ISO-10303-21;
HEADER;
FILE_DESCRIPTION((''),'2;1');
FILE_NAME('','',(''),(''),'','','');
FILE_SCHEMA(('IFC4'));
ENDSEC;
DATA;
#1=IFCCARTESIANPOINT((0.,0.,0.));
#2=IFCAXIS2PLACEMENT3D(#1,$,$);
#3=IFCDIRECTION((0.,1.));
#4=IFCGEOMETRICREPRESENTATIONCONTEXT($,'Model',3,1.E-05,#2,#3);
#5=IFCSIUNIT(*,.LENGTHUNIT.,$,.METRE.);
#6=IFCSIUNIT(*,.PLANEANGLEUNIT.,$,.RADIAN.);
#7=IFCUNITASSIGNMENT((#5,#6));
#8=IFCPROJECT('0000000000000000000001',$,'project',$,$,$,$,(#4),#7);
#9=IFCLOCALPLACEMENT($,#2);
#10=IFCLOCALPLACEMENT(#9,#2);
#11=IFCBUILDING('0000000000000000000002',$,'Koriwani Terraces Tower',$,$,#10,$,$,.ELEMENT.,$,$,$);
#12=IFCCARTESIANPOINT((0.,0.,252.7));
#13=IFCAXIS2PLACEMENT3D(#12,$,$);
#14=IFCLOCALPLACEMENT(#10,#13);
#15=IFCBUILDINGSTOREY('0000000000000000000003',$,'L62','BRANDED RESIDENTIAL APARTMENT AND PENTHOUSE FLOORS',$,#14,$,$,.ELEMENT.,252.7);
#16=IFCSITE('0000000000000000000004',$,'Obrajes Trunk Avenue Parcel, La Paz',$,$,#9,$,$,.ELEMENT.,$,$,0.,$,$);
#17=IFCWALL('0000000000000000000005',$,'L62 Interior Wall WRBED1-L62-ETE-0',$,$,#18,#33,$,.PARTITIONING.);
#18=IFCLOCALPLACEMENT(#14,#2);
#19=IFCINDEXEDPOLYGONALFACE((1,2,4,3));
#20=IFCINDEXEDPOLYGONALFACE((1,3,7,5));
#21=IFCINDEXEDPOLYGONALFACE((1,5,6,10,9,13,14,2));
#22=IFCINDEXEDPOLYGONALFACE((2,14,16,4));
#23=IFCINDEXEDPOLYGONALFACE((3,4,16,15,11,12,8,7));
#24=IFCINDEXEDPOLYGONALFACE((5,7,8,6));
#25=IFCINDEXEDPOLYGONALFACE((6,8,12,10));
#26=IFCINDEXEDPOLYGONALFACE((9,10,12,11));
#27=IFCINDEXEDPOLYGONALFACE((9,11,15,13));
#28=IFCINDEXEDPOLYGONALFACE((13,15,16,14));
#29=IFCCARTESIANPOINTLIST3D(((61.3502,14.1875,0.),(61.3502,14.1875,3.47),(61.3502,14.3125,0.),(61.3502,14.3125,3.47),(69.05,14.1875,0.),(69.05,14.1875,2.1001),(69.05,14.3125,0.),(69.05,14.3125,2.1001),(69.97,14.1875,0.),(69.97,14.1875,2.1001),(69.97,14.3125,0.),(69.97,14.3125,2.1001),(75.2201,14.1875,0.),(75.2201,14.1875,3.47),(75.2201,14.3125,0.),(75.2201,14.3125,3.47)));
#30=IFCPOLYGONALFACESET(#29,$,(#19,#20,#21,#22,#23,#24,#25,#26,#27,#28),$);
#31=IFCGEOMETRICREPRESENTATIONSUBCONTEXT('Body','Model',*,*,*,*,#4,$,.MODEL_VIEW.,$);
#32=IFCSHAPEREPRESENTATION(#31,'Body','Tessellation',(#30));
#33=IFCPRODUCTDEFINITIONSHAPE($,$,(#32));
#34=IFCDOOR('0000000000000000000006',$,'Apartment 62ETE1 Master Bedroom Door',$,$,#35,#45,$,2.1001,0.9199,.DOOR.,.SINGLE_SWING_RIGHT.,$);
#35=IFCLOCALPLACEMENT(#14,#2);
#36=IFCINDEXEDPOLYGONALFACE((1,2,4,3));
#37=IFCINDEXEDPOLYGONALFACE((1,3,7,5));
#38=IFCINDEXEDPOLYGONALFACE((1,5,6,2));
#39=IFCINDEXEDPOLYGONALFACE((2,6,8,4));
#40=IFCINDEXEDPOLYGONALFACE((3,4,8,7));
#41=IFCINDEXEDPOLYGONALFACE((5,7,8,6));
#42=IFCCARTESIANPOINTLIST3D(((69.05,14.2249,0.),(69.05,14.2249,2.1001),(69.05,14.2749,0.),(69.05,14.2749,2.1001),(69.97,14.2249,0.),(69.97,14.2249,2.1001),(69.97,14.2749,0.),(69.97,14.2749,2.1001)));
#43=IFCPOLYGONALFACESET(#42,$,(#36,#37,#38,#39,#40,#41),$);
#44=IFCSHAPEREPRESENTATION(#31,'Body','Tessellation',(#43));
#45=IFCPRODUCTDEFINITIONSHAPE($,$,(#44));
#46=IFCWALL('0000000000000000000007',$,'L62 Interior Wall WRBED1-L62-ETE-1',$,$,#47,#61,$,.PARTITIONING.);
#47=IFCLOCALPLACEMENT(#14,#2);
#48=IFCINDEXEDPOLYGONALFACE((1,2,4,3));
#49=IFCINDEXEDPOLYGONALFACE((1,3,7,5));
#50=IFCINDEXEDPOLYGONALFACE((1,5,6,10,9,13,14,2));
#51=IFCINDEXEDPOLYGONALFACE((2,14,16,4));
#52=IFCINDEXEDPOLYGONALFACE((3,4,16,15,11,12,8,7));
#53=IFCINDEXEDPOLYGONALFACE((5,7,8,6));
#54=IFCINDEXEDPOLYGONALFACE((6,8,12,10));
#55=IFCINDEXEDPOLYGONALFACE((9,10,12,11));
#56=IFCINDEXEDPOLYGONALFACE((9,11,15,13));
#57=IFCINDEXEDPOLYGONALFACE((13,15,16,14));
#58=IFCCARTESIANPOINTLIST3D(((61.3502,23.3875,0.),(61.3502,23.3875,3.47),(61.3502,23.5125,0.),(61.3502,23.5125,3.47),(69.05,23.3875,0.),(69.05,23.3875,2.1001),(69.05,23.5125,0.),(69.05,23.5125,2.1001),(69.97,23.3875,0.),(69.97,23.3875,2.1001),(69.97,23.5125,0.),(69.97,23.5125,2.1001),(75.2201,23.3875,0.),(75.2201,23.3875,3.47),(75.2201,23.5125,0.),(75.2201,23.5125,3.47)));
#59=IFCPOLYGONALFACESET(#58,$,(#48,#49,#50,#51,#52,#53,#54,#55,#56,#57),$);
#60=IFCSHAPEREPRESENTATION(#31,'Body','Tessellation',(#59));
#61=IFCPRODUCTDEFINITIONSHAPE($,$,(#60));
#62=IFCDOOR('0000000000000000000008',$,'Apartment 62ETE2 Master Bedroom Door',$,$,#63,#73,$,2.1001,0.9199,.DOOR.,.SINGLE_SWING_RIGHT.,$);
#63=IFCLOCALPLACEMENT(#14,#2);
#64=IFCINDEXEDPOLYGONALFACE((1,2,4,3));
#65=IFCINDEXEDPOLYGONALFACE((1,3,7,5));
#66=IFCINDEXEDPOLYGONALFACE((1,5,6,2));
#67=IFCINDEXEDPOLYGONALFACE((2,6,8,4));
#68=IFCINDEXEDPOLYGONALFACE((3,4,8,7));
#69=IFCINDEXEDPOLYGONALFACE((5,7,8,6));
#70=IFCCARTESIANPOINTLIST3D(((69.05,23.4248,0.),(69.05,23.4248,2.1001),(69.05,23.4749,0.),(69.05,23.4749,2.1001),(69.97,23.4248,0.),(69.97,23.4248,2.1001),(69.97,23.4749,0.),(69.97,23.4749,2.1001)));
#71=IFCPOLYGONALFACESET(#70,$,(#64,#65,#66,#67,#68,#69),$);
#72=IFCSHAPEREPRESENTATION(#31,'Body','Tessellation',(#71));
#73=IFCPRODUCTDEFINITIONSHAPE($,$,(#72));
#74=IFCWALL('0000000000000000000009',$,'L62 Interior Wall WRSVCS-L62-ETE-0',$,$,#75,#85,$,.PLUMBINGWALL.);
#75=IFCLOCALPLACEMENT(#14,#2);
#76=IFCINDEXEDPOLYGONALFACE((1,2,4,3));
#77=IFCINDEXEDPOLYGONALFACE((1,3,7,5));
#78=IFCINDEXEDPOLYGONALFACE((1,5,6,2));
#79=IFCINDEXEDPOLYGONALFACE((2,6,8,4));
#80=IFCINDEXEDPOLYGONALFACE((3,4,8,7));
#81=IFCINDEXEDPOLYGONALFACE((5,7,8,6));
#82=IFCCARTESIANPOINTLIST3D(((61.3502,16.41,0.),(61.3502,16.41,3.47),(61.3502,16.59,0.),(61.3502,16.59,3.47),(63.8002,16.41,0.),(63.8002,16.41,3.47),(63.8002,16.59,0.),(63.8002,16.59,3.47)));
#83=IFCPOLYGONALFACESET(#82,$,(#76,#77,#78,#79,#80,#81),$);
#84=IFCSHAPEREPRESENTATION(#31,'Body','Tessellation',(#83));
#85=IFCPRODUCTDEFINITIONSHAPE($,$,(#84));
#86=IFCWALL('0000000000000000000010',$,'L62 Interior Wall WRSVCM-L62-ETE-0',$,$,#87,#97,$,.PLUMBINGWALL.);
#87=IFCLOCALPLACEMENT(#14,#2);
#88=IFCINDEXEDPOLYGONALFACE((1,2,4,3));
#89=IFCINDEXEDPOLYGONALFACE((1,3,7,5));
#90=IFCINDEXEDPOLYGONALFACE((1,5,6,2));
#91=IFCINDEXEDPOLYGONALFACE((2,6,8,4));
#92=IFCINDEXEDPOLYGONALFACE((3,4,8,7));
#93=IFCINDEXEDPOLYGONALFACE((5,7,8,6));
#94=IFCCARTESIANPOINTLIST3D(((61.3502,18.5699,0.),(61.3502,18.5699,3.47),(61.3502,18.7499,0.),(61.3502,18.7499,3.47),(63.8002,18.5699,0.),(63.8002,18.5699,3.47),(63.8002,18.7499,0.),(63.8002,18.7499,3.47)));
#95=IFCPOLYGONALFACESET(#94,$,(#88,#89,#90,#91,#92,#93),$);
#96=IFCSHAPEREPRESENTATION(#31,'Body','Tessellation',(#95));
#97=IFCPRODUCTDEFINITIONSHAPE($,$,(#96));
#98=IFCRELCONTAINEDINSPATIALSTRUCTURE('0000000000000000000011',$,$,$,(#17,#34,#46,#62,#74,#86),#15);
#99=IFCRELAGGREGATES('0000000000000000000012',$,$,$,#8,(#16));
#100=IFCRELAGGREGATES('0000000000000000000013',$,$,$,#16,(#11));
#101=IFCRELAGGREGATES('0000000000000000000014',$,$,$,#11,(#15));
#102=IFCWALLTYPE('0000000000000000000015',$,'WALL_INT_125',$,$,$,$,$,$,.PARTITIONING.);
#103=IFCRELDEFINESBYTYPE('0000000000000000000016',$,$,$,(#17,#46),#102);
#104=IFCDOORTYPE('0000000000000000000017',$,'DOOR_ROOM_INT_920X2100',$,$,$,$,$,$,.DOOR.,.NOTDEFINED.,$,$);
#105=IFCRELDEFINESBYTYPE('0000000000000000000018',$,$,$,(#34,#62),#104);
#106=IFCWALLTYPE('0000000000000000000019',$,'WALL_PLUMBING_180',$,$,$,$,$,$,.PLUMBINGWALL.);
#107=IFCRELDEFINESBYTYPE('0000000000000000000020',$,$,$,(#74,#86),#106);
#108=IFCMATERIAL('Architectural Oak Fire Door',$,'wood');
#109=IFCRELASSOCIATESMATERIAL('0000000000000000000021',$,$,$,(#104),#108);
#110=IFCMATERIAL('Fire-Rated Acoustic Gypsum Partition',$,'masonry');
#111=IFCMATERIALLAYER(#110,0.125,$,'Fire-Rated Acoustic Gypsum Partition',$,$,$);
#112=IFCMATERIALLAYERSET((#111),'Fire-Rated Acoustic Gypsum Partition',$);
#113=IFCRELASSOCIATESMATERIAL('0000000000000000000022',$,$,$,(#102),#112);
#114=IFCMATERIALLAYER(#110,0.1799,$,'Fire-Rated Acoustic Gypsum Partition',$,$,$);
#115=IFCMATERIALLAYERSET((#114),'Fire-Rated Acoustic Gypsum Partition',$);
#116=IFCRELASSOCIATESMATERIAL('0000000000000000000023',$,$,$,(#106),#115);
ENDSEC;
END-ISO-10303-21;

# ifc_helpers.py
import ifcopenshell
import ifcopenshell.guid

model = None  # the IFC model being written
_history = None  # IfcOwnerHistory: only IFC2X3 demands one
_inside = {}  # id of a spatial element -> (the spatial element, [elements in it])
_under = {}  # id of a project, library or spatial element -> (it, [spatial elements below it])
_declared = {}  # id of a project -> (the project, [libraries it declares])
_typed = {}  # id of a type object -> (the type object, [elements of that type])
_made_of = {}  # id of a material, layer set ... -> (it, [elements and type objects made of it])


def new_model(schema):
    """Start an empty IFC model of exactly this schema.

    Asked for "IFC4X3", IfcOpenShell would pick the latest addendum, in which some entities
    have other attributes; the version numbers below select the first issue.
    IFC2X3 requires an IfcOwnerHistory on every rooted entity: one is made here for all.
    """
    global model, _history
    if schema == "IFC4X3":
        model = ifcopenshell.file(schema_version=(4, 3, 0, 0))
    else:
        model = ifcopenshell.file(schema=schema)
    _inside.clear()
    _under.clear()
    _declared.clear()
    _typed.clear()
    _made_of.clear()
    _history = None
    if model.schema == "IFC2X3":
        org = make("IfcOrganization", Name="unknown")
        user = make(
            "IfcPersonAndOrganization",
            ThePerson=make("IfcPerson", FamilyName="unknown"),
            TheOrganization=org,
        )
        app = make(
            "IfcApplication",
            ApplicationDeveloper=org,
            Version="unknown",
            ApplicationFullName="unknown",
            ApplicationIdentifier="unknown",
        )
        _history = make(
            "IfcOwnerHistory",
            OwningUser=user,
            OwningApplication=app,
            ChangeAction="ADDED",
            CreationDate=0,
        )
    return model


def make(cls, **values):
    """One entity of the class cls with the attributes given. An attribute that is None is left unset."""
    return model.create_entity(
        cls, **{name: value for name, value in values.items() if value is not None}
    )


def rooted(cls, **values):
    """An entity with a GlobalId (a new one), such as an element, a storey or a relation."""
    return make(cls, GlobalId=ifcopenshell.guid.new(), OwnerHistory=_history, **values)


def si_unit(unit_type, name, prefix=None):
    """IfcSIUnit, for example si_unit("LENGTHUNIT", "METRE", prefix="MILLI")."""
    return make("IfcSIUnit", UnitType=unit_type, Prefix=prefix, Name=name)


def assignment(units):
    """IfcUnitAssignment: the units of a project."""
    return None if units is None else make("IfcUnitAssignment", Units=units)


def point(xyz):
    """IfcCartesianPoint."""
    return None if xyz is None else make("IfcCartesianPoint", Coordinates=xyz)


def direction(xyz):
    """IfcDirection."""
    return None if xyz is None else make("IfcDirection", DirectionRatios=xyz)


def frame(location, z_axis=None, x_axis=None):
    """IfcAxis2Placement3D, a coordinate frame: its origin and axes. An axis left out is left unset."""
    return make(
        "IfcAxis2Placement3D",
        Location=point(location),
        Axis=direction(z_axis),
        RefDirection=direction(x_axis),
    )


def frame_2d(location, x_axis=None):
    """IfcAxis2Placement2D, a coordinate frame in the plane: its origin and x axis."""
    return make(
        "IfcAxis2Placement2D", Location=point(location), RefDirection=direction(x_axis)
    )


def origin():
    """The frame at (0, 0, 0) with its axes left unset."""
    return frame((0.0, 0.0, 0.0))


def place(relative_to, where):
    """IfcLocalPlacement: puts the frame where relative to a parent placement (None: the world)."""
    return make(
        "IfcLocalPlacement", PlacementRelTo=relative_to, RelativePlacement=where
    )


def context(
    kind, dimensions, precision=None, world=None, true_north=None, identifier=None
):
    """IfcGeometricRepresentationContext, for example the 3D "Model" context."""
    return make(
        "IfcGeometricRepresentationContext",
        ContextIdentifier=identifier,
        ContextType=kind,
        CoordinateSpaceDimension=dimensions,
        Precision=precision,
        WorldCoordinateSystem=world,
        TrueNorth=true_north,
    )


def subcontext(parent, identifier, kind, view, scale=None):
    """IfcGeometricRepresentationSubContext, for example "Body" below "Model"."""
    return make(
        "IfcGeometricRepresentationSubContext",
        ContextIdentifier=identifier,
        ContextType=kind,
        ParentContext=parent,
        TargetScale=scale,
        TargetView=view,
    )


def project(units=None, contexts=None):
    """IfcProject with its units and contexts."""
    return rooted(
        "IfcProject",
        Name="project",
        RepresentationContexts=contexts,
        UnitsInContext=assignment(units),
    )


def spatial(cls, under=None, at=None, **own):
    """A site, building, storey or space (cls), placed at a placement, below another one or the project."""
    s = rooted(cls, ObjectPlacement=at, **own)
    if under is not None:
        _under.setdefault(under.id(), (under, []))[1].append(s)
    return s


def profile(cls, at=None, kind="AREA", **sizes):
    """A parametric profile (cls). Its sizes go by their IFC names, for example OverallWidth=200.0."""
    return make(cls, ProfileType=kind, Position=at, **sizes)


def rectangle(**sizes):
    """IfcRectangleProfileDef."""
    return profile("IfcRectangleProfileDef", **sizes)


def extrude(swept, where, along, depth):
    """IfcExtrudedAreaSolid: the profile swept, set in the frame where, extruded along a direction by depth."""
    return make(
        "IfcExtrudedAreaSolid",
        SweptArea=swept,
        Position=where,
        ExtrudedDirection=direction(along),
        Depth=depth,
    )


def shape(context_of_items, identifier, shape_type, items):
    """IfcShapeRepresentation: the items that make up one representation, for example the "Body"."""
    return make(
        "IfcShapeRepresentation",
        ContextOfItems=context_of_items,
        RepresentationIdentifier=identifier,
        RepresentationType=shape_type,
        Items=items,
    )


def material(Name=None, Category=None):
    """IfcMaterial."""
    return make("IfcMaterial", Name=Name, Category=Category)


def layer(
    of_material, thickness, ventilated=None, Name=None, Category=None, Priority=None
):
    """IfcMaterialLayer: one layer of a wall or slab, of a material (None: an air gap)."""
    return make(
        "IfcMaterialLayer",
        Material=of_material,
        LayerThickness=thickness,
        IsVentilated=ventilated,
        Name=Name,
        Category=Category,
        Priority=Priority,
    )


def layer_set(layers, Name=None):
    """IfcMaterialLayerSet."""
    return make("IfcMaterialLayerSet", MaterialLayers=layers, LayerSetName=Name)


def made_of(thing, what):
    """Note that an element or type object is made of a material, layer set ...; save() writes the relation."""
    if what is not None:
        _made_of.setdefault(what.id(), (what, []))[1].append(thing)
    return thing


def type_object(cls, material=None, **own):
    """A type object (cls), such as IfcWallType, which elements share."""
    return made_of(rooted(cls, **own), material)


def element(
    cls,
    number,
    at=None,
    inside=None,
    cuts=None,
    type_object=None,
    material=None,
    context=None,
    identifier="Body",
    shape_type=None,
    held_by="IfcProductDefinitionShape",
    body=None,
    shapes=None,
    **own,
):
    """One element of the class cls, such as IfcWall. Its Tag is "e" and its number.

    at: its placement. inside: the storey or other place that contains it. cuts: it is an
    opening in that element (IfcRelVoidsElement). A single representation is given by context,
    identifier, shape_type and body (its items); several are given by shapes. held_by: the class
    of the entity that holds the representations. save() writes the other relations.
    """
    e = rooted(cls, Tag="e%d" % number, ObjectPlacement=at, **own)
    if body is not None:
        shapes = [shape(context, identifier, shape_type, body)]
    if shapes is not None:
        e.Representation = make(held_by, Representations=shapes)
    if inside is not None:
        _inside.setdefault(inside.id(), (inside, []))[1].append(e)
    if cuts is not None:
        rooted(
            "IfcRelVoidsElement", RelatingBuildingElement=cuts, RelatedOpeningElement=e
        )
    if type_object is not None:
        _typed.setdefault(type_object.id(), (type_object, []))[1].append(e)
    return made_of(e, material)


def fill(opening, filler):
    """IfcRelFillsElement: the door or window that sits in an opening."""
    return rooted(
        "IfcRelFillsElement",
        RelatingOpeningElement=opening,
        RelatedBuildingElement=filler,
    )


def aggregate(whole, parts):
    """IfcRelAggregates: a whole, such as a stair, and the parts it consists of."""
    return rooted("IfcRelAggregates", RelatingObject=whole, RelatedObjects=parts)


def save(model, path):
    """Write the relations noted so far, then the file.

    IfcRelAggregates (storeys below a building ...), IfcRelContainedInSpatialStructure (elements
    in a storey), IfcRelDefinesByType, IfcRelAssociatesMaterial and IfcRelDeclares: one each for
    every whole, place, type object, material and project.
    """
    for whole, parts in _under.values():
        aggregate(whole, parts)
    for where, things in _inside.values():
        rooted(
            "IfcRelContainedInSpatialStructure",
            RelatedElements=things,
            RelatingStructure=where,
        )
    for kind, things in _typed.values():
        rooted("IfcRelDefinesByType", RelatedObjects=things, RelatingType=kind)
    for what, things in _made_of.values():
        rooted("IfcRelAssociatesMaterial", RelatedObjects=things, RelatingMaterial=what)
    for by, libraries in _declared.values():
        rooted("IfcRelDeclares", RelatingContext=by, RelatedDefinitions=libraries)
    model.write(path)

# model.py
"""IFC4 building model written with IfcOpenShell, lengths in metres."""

from ifc_helpers import new_model, si_unit, direction, frame, frame_2d, origin, place, context, subcontext, project, spatial, rectangle, extrude, material, layer, layer_set, type_object, element, fill, save


model = new_model("IFC4")

# Units and contexts
model_context = context("Model", 3, precision=1e-05, world=origin(), true_north=direction((0.0, 1.0)))
body_context = subcontext(model_context, "Body", "Model", "MODEL_VIEW")
ifc_project = project(units=[si_unit("LENGTHUNIT", "METRE"), si_unit("PLANEANGLEUNIT", "RADIAN")], contexts=[model_context])

# Site, building, storey
site_placement = place(None, origin())
site = spatial("IfcSite", under=ifc_project, at=site_placement, Name="Obrajes Trunk Avenue Parcel, La Paz", CompositionType="ELEMENT", RefElevation=0.0)
building_placement = place(site_placement, origin())
building = spatial("IfcBuilding", under=site, at=building_placement, Name="Koriwani Terraces Tower", CompositionType="ELEMENT")
storey_placement = place(building_placement, frame((0.0, 0.0, 252.7)))
storey = spatial("IfcBuildingStorey", under=building, at=storey_placement, Name="L62", Description="BRANDED RESIDENTIAL APARTMENT AND PENTHOUSE FLOORS", CompositionType="ELEMENT", Elevation=252.7)

# Shared definitions
ifc_material_1 = material(Name="Architectural Oak Fire Door", Category="wood")
door_type_1 = type_object("IfcDoorType", Name="DOOR_ROOM_INT_920X2100", OperationType="NOTDEFINED", PredefinedType="DOOR", material=ifc_material_1)

# Walls, openings, doors
ifc_material_2 = material(Name="Fire-Rated Acoustic Gypsum Partition", Category="masonry")
ifc_layer_1 = layer(ifc_material_2, 0.125, Name="Fire-Rated Acoustic Gypsum Partition")
ifc_layer_set_1 = layer_set([ifc_layer_1], Name="Fire-Rated Acoustic Gypsum Partition")
wall_type_1 = type_object("IfcWallType", Name="WALL_INT_125", PredefinedType="PARTITIONING", material=ifc_layer_set_1)
wall_1_placement = place(storey_placement, frame((61.3501, 14.25, 0.0), z_axis=(0.0, 0.0, 1.0), x_axis=(1.0, 0.0, 0.0)))
wall_1 = element("IfcWall", 1, at=wall_1_placement, inside=storey, type_object=wall_type_1, Name="L62 Interior Wall WRBED1-L62-ETE-0", PredefinedType="PARTITIONING", context=body_context, shape_type="SweptSolid", body=[
    extrude(rectangle(XDim=13.8699, YDim=0.125, at=frame_2d((6.9351, 0.0))), origin(), (0.0, 0.0, 1.0), 3.47),
])
opening_1_placement = place(wall_1_placement, frame((7.7, 0.0, 0.0)))
opening_1 = element("IfcOpeningElement", 2, at=opening_1_placement, cuts=wall_1, PredefinedType="OPENING", context=body_context, shape_type="SweptSolid", body=[
    extrude(rectangle(XDim=0.9199, YDim=2.1001, at=frame_2d((0.46, 1.05))), frame((0.0, 0.0725, 0.0), z_axis=(0.0, -1.0, 0.0), x_axis=(1.0, 0.0, 0.0)), (0.0, 0.0, 1.0), 0.145),
])
door_1_placement = place(opening_1_placement, origin())
door_1 = element("IfcDoor", 3, at=door_1_placement, inside=storey, type_object=door_type_1, Name="Apartment 62ETE1 Master Bedroom Door", OperationType="SINGLE_SWING_RIGHT", OverallHeight=2.1001, OverallWidth=0.9199, PredefinedType="DOOR", context=body_context, shape_type="SweptSolid", body=[
    extrude(rectangle(XDim=0.9199, YDim=2.1001, at=frame_2d((0.46, 1.05))), frame((0.0, 0.0249, 0.0), z_axis=(0.0, -1.0, 0.0), x_axis=(1.0, 0.0, 0.0)), (0.0, 0.0, 1.0), 0.05),
])
fill(opening_1, door_1)
wall_2_placement = place(storey_placement, frame((61.3501, 23.45, 0.0), z_axis=(0.0, 0.0, 1.0), x_axis=(1.0, 0.0, 0.0)))
wall_2 = element("IfcWall", 4, at=wall_2_placement, inside=storey, type_object=wall_type_1, Name="L62 Interior Wall WRBED1-L62-ETE-1", PredefinedType="PARTITIONING", context=body_context, shape_type="SweptSolid", body=[
    extrude(rectangle(XDim=13.8699, YDim=0.125, at=frame_2d((6.9351, 0.0))), origin(), (0.0, 0.0, 1.0), 3.47),
])
opening_2_placement = place(wall_2_placement, frame((7.7, 0.0, 0.0)))
opening_2 = element("IfcOpeningElement", 5, at=opening_2_placement, cuts=wall_2, PredefinedType="OPENING", context=body_context, shape_type="SweptSolid", body=[
    extrude(rectangle(XDim=0.9199, YDim=2.1001, at=frame_2d((0.46, 1.05))), frame((0.0, 0.0725, 0.0), z_axis=(0.0, -1.0, 0.0), x_axis=(1.0, 0.0, 0.0)), (0.0, 0.0, 1.0), 0.145),
])
door_2_placement = place(opening_2_placement, origin())
door_2 = element("IfcDoor", 6, at=door_2_placement, inside=storey, type_object=door_type_1, Name="Apartment 62ETE2 Master Bedroom Door", OperationType="SINGLE_SWING_RIGHT", OverallHeight=2.1001, OverallWidth=0.9199, PredefinedType="DOOR", context=body_context, shape_type="SweptSolid", body=[
    extrude(rectangle(XDim=0.9199, YDim=2.1001, at=frame_2d((0.46, 1.05))), frame((0.0, 0.0249, 0.0), z_axis=(0.0, -1.0, 0.0), x_axis=(1.0, 0.0, 0.0)), (0.0, 0.0, 1.0), 0.05),
])
fill(opening_2, door_2)

# Walls
ifc_layer_2 = layer(ifc_material_2, 0.1799, Name="Fire-Rated Acoustic Gypsum Partition")
ifc_layer_set_2 = layer_set([ifc_layer_2], Name="Fire-Rated Acoustic Gypsum Partition")
wall_type_2 = type_object("IfcWallType", Name="WALL_PLUMBING_180", PredefinedType="PLUMBINGWALL", material=ifc_layer_set_2)
for number, where, z_axis, x_axis, name in (
    (7, (61.3501, 16.5, 0.0), (0.0, 0.0, 1.0), (1.0, 0.0, 0.0), "L62 Interior Wall WRSVCS-L62-ETE-0"),
    (8, (61.3501, 18.6599, 0.0), (0.0, 0.0, 1.0), (1.0, 0.0, 0.0), "L62 Interior Wall WRSVCM-L62-ETE-0"),
):
    element("IfcWall", number, at=place(storey_placement, frame(where, z_axis=z_axis, x_axis=x_axis)), inside=storey, type_object=wall_type_2, Name=name, PredefinedType="PLUMBINGWALL", context=body_context, shape_type="SweptSolid", body=[
        extrude(rectangle(XDim=2.45, YDim=0.1799, at=frame_2d((1.2251, 0.0))), origin(), (0.0, 0.0, 1.0), 3.47),
    ])

save(model, "model.ifc")
